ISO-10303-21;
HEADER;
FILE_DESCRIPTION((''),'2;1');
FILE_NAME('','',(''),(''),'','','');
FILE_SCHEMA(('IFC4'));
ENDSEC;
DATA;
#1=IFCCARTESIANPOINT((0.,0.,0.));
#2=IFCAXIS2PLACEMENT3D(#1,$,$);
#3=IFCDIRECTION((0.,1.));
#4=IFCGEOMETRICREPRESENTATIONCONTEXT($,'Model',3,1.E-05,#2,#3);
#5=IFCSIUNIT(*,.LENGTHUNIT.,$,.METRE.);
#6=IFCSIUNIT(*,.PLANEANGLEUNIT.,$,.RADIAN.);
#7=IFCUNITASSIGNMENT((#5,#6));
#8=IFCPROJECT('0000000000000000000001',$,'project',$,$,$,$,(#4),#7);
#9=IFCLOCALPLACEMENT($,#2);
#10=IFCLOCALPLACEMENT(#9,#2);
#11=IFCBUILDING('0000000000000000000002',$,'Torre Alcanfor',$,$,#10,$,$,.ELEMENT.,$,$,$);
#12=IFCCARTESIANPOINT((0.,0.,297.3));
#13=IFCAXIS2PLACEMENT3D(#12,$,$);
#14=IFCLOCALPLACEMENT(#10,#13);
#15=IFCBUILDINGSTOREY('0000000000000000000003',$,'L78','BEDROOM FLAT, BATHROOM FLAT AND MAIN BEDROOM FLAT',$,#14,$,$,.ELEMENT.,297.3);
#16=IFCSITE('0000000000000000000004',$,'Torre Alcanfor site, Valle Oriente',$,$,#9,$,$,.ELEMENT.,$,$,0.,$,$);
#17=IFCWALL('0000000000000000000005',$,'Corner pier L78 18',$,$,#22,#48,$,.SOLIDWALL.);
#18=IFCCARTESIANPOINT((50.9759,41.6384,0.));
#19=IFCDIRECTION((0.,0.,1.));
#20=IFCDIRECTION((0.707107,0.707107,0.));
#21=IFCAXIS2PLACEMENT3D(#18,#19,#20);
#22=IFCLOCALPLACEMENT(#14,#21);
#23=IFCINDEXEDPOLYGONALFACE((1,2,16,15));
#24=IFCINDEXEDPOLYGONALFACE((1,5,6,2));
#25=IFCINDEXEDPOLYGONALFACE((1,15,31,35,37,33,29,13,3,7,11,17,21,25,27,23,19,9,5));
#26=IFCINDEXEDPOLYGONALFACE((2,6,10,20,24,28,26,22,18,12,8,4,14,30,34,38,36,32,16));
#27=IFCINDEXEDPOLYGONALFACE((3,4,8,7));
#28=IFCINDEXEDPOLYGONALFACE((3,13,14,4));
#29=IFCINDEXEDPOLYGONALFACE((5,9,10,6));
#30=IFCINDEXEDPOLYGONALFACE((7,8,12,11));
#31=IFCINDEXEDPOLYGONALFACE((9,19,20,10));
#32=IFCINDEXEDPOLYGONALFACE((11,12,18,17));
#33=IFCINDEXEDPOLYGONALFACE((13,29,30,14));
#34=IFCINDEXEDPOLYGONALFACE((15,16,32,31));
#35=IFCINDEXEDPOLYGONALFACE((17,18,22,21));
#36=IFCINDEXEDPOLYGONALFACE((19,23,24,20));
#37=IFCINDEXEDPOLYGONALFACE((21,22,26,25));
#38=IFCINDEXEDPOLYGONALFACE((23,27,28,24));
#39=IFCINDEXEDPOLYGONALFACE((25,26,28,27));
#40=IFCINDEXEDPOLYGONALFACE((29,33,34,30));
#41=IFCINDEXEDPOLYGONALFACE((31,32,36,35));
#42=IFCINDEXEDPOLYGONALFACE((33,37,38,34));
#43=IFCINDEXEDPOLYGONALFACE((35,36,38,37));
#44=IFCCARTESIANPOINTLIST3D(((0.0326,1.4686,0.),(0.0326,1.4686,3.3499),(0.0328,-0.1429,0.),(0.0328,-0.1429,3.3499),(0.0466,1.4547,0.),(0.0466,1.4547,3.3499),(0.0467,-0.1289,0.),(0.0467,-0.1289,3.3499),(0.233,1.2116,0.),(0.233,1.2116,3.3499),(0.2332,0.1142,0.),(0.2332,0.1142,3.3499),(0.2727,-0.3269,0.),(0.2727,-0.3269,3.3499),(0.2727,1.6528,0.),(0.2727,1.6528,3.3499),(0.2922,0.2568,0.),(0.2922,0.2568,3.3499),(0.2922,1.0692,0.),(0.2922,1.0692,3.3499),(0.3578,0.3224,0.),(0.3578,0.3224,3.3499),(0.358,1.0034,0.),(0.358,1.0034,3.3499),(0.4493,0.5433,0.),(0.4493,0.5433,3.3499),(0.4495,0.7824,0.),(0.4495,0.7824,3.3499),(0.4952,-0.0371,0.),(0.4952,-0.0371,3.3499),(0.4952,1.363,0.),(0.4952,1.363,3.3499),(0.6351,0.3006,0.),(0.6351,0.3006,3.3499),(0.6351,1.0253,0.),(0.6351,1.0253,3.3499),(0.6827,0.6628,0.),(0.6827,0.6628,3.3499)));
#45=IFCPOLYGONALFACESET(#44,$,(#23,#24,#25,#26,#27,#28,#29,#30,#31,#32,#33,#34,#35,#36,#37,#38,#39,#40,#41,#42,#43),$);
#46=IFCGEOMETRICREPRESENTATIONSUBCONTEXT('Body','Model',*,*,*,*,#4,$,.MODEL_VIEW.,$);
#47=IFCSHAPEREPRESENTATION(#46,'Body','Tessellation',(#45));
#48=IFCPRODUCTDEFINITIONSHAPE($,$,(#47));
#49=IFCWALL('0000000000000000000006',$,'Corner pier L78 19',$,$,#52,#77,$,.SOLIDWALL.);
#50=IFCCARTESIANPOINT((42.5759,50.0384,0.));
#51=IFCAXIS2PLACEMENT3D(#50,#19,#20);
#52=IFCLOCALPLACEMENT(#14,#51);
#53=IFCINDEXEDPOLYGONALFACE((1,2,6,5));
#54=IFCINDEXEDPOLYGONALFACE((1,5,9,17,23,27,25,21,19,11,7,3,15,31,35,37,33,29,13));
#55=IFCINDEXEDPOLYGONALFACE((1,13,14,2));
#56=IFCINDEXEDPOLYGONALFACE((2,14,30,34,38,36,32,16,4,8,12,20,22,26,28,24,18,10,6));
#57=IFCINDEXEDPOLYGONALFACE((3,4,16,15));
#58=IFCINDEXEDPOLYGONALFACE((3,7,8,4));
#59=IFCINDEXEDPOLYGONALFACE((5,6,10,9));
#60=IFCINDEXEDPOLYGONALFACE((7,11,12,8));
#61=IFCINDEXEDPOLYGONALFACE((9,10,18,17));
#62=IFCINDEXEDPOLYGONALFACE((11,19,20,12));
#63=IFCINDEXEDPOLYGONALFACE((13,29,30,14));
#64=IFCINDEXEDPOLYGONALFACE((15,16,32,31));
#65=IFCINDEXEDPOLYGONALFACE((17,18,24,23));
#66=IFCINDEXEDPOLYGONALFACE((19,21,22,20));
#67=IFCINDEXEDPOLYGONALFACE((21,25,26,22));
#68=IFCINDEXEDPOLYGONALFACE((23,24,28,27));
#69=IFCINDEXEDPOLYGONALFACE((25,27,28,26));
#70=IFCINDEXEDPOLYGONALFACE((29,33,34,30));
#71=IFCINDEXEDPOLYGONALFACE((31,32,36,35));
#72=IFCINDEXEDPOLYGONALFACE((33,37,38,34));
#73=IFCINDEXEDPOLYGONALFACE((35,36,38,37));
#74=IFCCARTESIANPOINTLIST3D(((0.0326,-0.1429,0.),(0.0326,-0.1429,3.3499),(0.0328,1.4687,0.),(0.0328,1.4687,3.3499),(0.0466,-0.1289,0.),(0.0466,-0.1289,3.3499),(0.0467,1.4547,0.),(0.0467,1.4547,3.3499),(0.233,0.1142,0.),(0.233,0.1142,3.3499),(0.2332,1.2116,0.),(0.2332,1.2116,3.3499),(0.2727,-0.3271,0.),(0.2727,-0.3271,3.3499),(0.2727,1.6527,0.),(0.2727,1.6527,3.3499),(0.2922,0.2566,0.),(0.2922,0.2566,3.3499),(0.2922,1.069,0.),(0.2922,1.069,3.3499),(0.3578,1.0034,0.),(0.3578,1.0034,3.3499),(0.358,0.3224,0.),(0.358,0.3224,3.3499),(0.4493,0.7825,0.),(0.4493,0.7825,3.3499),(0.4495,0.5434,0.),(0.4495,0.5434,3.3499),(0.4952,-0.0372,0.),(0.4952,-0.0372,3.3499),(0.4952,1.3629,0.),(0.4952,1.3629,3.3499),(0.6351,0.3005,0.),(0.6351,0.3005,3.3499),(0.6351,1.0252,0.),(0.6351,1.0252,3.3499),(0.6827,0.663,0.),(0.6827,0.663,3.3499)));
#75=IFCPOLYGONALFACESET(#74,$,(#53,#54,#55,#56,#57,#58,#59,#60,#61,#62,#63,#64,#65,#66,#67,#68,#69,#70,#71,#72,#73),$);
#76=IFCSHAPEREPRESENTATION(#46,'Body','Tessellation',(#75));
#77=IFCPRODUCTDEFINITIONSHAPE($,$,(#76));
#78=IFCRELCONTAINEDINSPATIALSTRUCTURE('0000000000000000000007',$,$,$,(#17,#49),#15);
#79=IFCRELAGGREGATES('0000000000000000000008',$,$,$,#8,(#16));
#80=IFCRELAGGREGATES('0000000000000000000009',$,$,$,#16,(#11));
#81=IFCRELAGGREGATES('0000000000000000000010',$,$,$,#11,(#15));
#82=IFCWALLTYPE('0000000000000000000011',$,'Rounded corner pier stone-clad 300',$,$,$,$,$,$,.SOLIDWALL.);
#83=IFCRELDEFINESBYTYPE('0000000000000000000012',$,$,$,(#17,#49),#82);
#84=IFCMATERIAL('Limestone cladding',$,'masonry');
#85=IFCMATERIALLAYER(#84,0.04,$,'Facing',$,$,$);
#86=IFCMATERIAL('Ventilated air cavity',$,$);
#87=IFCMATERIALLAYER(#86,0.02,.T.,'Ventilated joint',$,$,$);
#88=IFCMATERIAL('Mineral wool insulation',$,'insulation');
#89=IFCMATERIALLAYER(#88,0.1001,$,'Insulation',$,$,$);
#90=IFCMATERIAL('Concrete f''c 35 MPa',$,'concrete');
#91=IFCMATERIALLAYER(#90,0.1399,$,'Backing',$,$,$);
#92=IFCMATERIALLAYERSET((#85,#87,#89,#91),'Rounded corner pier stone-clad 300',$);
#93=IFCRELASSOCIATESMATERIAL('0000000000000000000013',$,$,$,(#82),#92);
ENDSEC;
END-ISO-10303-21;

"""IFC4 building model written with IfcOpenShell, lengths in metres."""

from ifc_helpers import new_model, si_unit, direction, frame, origin, place, context, subcontext, project, spatial, polyline, outline, extrude, material, layer, layer_set, type_object, element, save


model = new_model("IFC4")

# Units and contexts
model_context = context("Model", 3, precision=1e-05, world=origin(), true_north=direction((0.0, 1.0)))
body_context = subcontext(model_context, "Body", "Model", "MODEL_VIEW")
ifc_project = project(units=[si_unit("LENGTHUNIT", "METRE"), si_unit("PLANEANGLEUNIT", "RADIAN")], contexts=[model_context])

# Site, building, storey
site_placement = place(None, origin())
site = spatial("IfcSite", under=ifc_project, at=site_placement, Name="Torre Alcanfor site, Valle Oriente", CompositionType="ELEMENT", RefElevation=0.0)
building_placement = place(site_placement, origin())
building = spatial("IfcBuilding", under=site, at=building_placement, Name="Torre Alcanfor", CompositionType="ELEMENT")
storey_placement = place(building_placement, frame((0.0, 0.0, 297.3)))
storey = spatial("IfcBuildingStorey", under=building, at=storey_placement, Name="L78", Description="BEDROOM FLAT, BATHROOM FLAT AND MAIN BEDROOM FLAT", CompositionType="ELEMENT", Elevation=297.3)

# Shared definitions
ifc_material_1 = material(Name="Limestone cladding", Category="masonry")
ifc_material_2 = material(Name="Ventilated air cavity")
ifc_material_3 = material(Name="Mineral wool insulation", Category="insulation")
ifc_material_4 = material(Name="Concrete f'c 35 MPa", Category="concrete")

# Walls
ifc_layer_1 = layer(ifc_material_1, 0.04, Name="Facing")
ifc_layer_2 = layer(ifc_material_2, 0.02, ventilated=True, Name="Ventilated joint")
ifc_layer_3 = layer(ifc_material_3, 0.1001, Name="Insulation")
ifc_layer_4 = layer(ifc_material_4, 0.1399, Name="Backing")
ifc_layer_set_1 = layer_set([ifc_layer_1, ifc_layer_2, ifc_layer_3, ifc_layer_4], Name="Rounded corner pier stone-clad 300")
wall_type_1 = type_object("IfcWallType", Name="Rounded corner pier stone-clad 300", PredefinedType="SOLIDWALL", material=ifc_layer_set_1)
wall_1_placement = place(storey_placement, frame((50.9759, 41.6384, 0.0), z_axis=(0.0, 0.0, 1.0), x_axis=(0.707107, 0.707107, 0.0)))
element("IfcWall", 1, at=wall_1_placement, inside=storey, type_object=wall_type_1, Name="Corner pier L78 18", PredefinedType="SOLIDWALL", context=body_context, shape_type="SweptSolid", body=[
    extrude(outline(polyline([(0.2332, 0.1142), (0.0467, -0.1289), (0.0328, -0.1429), (0.2727, -0.3269), (0.4952, -0.0371), (0.6351, 0.3006), (0.6827, 0.6628), (0.6351, 1.0253), (0.4952, 1.363), (0.2727, 1.6528), (0.0326, 1.4686), (0.0466, 1.4547), (0.233, 1.2116), (0.2922, 1.0692), (0.358, 1.0034), (0.4495, 0.7824), (0.4493, 0.5433), (0.3578, 0.3224), (0.2922, 0.2568), (0.2332, 0.1142)])), origin(), (0.0, 0.0, 1.0), 3.3499),
])
wall_2_placement = place(storey_placement, frame((42.5759, 50.0384, 0.0), z_axis=(0.0, 0.0, 1.0), x_axis=(0.707107, 0.707107, 0.0)))
element("IfcWall", 2, at=wall_2_placement, inside=storey, type_object=wall_type_1, Name="Corner pier L78 19", PredefinedType="SOLIDWALL", context=body_context, shape_type="SweptSolid", body=[
    extrude(outline(polyline([(0.233, 0.1142), (0.0466, -0.1289), (0.0326, -0.1429), (0.2727, -0.3271), (0.4952, -0.0372), (0.6351, 0.3005), (0.6827, 0.663), (0.6351, 1.0252), (0.4952, 1.3629), (0.2727, 1.6527), (0.0328, 1.4687), (0.0467, 1.4547), (0.2332, 1.2116), (0.2922, 1.069), (0.3578, 1.0034), (0.4493, 0.7825), (0.4495, 0.5434), (0.358, 0.3224), (0.2922, 0.2566), (0.233, 0.1142)])), origin(), (0.0, 0.0, 1.0), 3.3499),
])

save(model, "model.ifc")
